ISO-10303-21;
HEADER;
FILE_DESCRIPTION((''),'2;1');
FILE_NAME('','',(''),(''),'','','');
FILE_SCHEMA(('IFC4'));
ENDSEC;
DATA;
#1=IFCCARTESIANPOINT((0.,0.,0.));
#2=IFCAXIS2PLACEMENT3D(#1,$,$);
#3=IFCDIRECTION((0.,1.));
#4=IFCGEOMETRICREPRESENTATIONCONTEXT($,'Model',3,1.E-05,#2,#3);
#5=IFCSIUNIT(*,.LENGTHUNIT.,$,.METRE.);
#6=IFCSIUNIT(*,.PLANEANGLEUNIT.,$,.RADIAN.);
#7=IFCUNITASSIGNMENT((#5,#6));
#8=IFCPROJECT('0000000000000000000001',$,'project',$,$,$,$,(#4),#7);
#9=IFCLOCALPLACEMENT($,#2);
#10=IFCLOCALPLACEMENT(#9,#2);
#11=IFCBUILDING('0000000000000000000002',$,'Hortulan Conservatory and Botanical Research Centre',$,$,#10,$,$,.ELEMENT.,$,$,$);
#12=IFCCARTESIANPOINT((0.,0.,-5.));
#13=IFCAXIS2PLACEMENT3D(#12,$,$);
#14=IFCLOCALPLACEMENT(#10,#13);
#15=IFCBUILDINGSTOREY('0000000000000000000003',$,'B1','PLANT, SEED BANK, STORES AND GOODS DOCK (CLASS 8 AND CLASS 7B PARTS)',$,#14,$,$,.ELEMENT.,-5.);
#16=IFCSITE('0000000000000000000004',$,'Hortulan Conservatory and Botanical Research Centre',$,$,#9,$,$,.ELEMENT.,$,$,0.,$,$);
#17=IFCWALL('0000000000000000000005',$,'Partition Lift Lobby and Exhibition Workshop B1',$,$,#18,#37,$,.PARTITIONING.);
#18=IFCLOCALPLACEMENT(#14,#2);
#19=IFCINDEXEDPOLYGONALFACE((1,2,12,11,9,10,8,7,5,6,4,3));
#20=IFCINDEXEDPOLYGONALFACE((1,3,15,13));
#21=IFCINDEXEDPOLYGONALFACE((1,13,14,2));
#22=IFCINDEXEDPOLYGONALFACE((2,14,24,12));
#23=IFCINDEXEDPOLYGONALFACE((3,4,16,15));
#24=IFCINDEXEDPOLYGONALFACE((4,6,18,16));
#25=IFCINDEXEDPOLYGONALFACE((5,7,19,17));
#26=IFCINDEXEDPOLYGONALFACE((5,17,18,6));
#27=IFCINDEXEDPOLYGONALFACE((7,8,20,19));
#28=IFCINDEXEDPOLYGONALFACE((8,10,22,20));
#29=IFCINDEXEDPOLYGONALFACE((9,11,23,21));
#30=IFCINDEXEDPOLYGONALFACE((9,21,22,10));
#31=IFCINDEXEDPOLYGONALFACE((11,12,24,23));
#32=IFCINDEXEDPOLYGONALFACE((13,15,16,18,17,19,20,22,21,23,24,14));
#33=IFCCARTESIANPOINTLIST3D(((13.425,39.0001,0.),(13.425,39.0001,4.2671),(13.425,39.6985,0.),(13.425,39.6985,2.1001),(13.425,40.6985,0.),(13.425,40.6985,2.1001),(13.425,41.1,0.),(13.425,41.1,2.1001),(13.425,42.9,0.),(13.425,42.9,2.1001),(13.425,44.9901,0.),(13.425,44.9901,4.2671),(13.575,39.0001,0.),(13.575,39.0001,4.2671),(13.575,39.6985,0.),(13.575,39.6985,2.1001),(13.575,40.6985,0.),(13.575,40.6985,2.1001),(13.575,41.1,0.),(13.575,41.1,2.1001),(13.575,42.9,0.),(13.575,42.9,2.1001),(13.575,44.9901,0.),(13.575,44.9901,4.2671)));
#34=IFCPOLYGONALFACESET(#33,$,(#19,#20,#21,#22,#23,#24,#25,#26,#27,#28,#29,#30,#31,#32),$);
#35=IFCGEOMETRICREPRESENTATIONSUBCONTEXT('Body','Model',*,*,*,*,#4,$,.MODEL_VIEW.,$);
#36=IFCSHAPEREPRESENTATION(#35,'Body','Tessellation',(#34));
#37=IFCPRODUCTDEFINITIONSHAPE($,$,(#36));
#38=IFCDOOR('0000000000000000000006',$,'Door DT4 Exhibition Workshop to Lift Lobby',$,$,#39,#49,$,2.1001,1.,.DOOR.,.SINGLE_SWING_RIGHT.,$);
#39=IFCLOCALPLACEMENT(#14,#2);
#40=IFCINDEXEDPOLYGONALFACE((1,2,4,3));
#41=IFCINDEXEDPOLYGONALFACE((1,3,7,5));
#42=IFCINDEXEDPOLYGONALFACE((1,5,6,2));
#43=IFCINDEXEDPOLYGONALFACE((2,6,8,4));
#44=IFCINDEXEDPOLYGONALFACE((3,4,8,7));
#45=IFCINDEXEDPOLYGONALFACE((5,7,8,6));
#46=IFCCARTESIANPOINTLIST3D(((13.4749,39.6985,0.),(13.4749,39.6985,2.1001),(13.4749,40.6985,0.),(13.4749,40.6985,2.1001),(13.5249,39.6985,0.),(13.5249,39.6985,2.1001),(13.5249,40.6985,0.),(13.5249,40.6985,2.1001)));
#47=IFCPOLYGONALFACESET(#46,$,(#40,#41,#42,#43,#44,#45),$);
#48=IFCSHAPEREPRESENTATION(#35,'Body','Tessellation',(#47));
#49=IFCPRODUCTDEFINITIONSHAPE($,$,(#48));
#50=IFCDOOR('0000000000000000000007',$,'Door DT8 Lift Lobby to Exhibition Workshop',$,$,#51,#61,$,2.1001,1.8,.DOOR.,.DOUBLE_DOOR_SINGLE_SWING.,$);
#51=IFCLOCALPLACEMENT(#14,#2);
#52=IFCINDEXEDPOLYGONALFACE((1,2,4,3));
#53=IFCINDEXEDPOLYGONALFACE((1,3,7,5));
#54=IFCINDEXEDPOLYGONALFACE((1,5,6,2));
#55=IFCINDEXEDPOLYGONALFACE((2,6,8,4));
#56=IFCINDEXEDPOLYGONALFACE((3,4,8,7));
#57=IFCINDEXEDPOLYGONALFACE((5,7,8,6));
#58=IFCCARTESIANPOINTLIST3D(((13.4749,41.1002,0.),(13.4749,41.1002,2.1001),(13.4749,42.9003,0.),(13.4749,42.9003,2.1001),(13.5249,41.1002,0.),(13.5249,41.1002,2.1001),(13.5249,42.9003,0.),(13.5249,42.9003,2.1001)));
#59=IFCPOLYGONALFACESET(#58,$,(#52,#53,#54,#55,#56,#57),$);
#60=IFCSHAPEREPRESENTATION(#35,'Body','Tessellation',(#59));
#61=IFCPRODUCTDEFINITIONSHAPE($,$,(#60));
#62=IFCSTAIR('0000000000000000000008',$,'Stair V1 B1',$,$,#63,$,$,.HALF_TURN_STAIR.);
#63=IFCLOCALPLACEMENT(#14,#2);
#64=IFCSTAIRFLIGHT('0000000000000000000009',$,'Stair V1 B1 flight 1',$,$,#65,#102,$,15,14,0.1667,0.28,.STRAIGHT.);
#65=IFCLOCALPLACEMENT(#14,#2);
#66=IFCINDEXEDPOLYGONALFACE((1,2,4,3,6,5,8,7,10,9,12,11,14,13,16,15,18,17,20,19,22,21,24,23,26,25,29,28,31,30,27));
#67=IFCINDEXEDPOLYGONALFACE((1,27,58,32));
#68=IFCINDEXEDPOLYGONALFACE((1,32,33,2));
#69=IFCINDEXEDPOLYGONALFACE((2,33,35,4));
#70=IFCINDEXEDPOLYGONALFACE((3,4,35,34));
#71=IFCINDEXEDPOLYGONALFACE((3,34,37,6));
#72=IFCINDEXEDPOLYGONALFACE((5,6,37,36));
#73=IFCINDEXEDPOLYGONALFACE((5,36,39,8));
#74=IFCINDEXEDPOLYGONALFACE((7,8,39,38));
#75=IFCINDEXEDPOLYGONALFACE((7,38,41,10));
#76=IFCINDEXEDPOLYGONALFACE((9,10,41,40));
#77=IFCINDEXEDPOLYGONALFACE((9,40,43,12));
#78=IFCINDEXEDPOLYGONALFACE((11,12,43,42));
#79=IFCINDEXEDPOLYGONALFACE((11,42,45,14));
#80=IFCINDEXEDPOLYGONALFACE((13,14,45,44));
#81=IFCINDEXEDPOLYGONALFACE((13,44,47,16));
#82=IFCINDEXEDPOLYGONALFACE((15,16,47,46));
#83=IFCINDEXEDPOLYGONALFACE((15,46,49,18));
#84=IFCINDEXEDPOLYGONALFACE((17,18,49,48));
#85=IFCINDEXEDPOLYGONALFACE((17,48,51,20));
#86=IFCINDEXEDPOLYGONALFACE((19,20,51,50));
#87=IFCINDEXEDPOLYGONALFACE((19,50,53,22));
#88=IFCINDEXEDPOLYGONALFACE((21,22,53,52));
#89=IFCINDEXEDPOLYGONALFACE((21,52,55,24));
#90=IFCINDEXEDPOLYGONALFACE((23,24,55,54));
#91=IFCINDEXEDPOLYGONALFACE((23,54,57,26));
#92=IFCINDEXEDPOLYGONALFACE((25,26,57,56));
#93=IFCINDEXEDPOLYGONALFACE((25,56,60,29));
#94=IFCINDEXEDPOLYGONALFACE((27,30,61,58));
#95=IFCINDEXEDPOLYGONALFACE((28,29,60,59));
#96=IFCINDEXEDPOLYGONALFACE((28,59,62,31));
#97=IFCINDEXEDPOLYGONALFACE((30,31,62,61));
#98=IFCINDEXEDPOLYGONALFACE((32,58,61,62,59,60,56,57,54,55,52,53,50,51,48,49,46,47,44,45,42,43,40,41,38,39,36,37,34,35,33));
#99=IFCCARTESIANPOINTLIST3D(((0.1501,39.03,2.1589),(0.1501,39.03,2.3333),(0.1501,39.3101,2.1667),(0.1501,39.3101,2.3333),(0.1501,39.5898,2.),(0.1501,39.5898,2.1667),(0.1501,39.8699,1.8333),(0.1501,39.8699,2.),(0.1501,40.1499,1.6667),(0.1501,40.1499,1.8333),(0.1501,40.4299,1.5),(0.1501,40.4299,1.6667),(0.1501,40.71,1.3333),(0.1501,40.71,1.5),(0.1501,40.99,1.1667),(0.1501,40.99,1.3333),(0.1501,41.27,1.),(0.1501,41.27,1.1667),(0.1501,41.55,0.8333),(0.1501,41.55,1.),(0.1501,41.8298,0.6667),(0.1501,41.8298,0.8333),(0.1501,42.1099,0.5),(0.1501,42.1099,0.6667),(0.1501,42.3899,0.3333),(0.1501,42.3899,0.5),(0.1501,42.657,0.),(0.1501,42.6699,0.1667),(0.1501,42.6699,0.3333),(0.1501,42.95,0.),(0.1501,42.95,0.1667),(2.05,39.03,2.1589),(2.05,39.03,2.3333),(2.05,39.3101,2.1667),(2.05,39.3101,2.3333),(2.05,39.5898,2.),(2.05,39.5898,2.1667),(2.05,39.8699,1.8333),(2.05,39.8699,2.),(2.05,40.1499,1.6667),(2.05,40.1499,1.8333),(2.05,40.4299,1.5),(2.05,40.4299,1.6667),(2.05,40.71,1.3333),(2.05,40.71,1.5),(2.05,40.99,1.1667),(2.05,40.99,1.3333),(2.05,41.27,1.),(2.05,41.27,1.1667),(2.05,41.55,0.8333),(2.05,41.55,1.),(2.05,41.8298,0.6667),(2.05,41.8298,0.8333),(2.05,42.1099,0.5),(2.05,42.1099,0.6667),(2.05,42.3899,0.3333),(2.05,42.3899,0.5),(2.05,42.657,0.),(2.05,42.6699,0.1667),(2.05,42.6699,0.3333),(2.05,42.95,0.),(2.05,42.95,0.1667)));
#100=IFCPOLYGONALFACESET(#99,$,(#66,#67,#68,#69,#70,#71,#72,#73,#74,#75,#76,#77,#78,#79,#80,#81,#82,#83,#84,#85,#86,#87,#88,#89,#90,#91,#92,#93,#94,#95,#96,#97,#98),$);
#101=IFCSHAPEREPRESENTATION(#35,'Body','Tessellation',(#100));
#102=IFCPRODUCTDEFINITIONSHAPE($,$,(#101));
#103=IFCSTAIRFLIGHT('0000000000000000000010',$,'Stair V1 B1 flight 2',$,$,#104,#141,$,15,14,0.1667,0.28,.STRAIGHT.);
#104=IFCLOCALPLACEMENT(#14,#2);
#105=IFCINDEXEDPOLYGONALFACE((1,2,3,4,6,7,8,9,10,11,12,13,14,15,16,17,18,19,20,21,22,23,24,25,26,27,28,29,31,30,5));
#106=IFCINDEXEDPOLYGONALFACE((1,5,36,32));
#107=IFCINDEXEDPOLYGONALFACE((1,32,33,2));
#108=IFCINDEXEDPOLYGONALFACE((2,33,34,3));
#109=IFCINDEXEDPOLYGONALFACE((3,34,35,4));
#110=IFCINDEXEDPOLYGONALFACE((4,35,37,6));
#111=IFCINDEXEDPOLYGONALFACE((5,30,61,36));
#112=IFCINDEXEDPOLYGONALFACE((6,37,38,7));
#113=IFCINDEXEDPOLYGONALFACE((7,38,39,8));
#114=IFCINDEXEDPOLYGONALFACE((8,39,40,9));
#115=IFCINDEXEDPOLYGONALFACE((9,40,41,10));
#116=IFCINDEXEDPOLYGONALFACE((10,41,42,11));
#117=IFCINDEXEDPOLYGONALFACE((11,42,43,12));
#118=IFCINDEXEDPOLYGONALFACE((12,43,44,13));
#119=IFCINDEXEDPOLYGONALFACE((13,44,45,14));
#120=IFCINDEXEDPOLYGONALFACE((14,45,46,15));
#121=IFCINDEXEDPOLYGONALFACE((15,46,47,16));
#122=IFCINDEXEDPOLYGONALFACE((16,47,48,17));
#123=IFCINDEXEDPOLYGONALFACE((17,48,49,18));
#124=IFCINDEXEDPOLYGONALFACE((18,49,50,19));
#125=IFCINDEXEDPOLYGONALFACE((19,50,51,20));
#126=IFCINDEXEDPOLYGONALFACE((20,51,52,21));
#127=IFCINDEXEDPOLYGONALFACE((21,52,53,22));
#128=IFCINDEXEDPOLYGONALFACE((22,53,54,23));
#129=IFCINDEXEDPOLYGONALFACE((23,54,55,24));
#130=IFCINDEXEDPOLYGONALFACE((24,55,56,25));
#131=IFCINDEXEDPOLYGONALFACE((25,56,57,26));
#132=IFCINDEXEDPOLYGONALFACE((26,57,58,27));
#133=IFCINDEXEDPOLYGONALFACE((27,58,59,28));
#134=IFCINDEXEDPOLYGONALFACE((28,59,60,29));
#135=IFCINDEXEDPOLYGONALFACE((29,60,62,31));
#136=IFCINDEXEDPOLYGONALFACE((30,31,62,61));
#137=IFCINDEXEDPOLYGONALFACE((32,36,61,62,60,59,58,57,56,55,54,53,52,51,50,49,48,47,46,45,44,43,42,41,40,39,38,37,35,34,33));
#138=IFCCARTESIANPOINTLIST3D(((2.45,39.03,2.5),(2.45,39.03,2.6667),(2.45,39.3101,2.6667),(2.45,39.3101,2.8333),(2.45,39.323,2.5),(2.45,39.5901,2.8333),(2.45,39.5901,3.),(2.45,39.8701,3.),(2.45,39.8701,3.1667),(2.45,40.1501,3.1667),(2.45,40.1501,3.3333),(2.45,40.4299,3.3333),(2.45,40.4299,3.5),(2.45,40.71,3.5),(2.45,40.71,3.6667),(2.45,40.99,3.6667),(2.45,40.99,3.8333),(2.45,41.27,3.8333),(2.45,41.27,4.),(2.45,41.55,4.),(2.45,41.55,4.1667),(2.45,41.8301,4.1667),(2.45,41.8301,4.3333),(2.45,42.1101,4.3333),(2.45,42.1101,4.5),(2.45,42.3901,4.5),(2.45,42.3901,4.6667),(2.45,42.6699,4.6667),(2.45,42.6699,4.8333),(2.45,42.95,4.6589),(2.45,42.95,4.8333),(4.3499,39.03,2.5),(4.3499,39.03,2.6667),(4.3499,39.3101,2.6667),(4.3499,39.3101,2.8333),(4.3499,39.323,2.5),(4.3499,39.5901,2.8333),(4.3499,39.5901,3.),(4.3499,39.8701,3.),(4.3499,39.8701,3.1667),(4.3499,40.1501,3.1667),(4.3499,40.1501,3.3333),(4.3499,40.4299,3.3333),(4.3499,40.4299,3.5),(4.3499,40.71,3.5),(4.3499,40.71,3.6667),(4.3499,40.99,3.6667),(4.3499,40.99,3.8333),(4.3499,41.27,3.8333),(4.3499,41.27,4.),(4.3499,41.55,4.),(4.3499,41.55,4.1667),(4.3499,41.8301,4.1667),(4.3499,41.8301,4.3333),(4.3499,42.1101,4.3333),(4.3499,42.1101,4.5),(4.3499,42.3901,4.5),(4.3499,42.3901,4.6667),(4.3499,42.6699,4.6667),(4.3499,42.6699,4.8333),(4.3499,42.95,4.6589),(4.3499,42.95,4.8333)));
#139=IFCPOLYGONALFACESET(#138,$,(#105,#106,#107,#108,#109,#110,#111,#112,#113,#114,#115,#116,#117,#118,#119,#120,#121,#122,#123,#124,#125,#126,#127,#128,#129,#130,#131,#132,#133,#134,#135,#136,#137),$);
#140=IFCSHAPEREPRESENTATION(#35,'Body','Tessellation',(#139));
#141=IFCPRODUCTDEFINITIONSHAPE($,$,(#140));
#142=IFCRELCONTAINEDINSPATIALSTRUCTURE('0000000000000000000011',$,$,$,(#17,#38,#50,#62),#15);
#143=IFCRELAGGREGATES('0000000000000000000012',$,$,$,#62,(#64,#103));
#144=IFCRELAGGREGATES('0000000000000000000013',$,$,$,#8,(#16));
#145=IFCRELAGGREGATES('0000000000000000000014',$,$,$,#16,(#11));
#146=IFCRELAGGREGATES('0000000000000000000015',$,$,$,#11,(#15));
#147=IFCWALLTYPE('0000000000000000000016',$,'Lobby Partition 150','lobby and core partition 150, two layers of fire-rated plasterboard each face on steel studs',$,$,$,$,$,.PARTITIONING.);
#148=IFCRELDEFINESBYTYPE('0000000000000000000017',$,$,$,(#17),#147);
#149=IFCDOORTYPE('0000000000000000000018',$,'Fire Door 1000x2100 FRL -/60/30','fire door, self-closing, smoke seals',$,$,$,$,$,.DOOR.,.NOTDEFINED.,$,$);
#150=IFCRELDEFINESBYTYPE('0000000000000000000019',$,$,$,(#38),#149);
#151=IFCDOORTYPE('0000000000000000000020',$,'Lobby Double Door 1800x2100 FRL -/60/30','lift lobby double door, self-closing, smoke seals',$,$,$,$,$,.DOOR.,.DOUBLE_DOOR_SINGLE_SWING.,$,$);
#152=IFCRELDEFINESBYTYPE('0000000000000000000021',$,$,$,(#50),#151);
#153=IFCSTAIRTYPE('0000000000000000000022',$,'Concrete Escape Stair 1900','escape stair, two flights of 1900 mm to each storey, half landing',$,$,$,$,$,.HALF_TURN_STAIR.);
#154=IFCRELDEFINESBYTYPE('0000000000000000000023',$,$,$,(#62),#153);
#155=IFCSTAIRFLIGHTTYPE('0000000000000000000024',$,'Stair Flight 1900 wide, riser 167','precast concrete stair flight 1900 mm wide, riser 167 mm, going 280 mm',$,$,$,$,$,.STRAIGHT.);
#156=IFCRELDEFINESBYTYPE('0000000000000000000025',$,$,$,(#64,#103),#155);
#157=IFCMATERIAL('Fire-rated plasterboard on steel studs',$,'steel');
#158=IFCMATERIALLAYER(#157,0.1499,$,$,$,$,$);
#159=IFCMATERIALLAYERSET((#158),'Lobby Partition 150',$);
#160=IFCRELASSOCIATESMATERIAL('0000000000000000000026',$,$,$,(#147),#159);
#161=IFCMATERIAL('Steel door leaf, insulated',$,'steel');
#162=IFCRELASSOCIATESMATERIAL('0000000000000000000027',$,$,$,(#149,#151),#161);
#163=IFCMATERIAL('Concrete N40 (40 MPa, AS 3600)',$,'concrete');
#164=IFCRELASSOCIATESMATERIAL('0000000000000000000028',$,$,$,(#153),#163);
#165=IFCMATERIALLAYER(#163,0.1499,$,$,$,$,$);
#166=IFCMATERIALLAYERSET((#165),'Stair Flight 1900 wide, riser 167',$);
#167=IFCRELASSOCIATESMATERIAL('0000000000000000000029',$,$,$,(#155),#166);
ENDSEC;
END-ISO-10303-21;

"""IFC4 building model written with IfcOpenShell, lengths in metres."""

from ifc_helpers import new_model, si_unit, direction, frame, frame_2d, origin, place, context, subcontext, project, spatial, polyline, rectangle, outline, extrude, material, layer, layer_set, type_object, element, fill, aggregate, save


model = new_model("IFC4")

# Units and contexts
model_context = context("Model", 3, precision=1e-05, world=origin(), true_north=direction((0.0, 1.0)))
body_context = subcontext(model_context, "Body", "Model", "MODEL_VIEW")
ifc_project = project(units=[si_unit("LENGTHUNIT", "METRE"), si_unit("PLANEANGLEUNIT", "RADIAN")], contexts=[model_context])

# Site, building, storey
site_placement = place(None, origin())
site = spatial("IfcSite", under=ifc_project, at=site_placement, Name="Hortulan Conservatory and Botanical Research Centre", CompositionType="ELEMENT", RefElevation=0.0)
building_placement = place(site_placement, origin())
building = spatial("IfcBuilding", under=site, at=building_placement, Name="Hortulan Conservatory and Botanical Research Centre", CompositionType="ELEMENT")
storey_placement = place(building_placement, frame((0.0, 0.0, -5.0)))
storey = spatial("IfcBuildingStorey", under=building, at=storey_placement, Name="B1", Description="PLANT, SEED BANK, STORES AND GOODS DOCK (CLASS 8 AND CLASS 7B PARTS)", CompositionType="ELEMENT", Elevation=-5.0)

# Shared definitions
ifc_material_1 = material(Name="Concrete N40 (40 MPa, AS 3600)", Category="concrete")

# Shared definitions
ifc_material_2 = material(Name="Fire-rated plasterboard on steel studs", Category="steel")
ifc_material_3 = material(Name="Steel door leaf, insulated", Category="steel")

# Wall, openings, doors
ifc_layer_1 = layer(ifc_material_2, 0.1499)
ifc_layer_set_1 = layer_set([ifc_layer_1], Name="Lobby Partition 150")
wall_type_1 = type_object("IfcWallType", Name="Lobby Partition 150", Description="lobby and core partition 150, two layers of fire-rated plasterboard each face on steel studs", PredefinedType="PARTITIONING", material=ifc_layer_set_1)
wall_1_placement = place(storey_placement, frame((13.5, 39.0, 0.0), z_axis=(0.0, 0.0, 1.0), x_axis=(0.0, 1.0, 0.0)))
wall_1 = element("IfcWall", 1, at=wall_1_placement, inside=storey, type_object=wall_type_1, Name="Partition Lift Lobby and Exhibition Workshop B1", PredefinedType="PARTITIONING", context=body_context, shape_type="SweptSolid", body=[
    extrude(rectangle(XDim=5.99, YDim=0.1499, at=frame_2d((2.9951, 0.0))), origin(), (0.0, 0.0, 1.0), 4.2671),
])
opening_1_placement = place(wall_1_placement, frame((2.1001, 0.0, 0.0)))
opening_1 = element("IfcOpeningElement", 2, at=opening_1_placement, cuts=wall_1, PredefinedType="OPENING", context=body_context, shape_type="SweptSolid", body=[
    extrude(rectangle(XDim=1.8, YDim=2.1001, at=frame_2d((0.8999, 1.05))), frame((0.0, 0.085, 0.0), z_axis=(0.0, -1.0, 0.0), x_axis=(1.0, 0.0, 0.0)), (0.0, 0.0, 1.0), 0.1699),
])
opening_2_placement = place(wall_1_placement, frame((0.6985, 0.0, 0.0)))
opening_2 = element("IfcOpeningElement", 3, at=opening_2_placement, cuts=wall_1, PredefinedType="OPENING", context=body_context, shape_type="SweptSolid", body=[
    extrude(rectangle(XDim=1.0, YDim=2.1001, at=frame_2d((0.5, 1.05))), frame((0.0, 0.085, 0.0), z_axis=(0.0, -1.0, 0.0), x_axis=(1.0, 0.0, 0.0)), (0.0, 0.0, 1.0), 0.1699),
])
door_type_1 = type_object("IfcDoorType", Name="Fire Door 1000x2100 FRL -/60/30", Description="fire door, self-closing, smoke seals", OperationType="NOTDEFINED", PredefinedType="DOOR", material=ifc_material_3)
door_1_placement = place(opening_2_placement, frame((1.0, 0.0, 0.0), z_axis=(0.0, 0.0, 1.0), x_axis=(-1.0, 0.0, 0.0)))
door_1 = element("IfcDoor", 4, at=door_1_placement, inside=storey, type_object=door_type_1, Name="Door DT4 Exhibition Workshop to Lift Lobby", OperationType="SINGLE_SWING_RIGHT", OverallHeight=2.1001, OverallWidth=1.0, PredefinedType="DOOR", context=body_context, shape_type="SweptSolid", body=[
    extrude(rectangle(XDim=1.0, YDim=2.1001, at=frame_2d((0.5, 1.05))), frame((0.0, 0.0249, 0.0), z_axis=(0.0, -1.0, 0.0), x_axis=(1.0, 0.0, 0.0)), (0.0, 0.0, 1.0), 0.05),
])
fill(opening_2, door_1)
door_type_2 = type_object("IfcDoorType", Name="Lobby Double Door 1800x2100 FRL -/60/30", Description="lift lobby double door, self-closing, smoke seals", OperationType="DOUBLE_DOOR_SINGLE_SWING", PredefinedType="DOOR", material=ifc_material_3)
door_2_placement = place(opening_1_placement, frame((1.8, 0.0, 0.0), z_axis=(0.0, 0.0, 1.0), x_axis=(-1.0, 0.0, 0.0)))
door_2 = element("IfcDoor", 5, at=door_2_placement, inside=storey, type_object=door_type_2, Name="Door DT8 Lift Lobby to Exhibition Workshop", OperationType="DOUBLE_DOOR_SINGLE_SWING", OverallHeight=2.1001, OverallWidth=1.8, PredefinedType="DOOR", context=body_context, shape_type="SweptSolid", body=[
    extrude(rectangle(XDim=1.8, YDim=2.1001, at=frame_2d((0.8999, 1.05))), frame((0.0, 0.0249, 0.0), z_axis=(0.0, -1.0, 0.0), x_axis=(1.0, 0.0, 0.0)), (0.0, 0.0, 1.0), 0.05),
])
fill(opening_1, door_2)

# Stair, stair flights
stair_type = type_object("IfcStairType", Name="Concrete Escape Stair 1900", Description="escape stair, two flights of 1900 mm to each storey, half landing", PredefinedType="HALF_TURN_STAIR", material=ifc_material_1)
stair_placement = place(storey_placement, origin())
stair = element("IfcStair", 6, at=stair_placement, inside=storey, type_object=stair_type, Name="Stair V1 B1", PredefinedType="HALF_TURN_STAIR")
ifc_layer_2 = layer(ifc_material_1, 0.1499)
ifc_layer_set_2 = layer_set([ifc_layer_2], Name="Stair Flight 1900 wide, riser 167")
stair_flight_type = type_object("IfcStairFlightType", Name="Stair Flight 1900 wide, riser 167", Description="precast concrete stair flight 1900 mm wide, riser 167 mm, going 280 mm", PredefinedType="STRAIGHT", material=ifc_layer_set_2)
stair_flight_1_placement = place(storey_placement, frame((1.1001, 42.95, 0.0), z_axis=(0.0, 0.0, 1.0), x_axis=(0.0, -1.0, 0.0)))
stair_flight_1 = element("IfcStairFlight", 7, at=stair_flight_1_placement, type_object=stair_flight_type, Name="Stair V1 B1 flight 1", NumberOfRisers=15, NumberOfTreads=14, PredefinedType="STRAIGHT", RiserHeight=0.1667, TreadLength=0.28, context=body_context, shape_type="SweptSolid", body=[
    extrude(outline(polyline([(0.0, 0.0), (0.0, 0.1667), (0.28, 0.1667), (0.28, 0.3333), (0.5601, 0.3333), (0.5601, 0.5), (0.8401, 0.5), (0.8401, 0.6667), (1.1201, 0.6667), (1.1201, 0.8333), (1.3999, 0.8333), (1.3999, 1.0), (1.6799, 1.0), (1.6799, 1.1667), (1.96, 1.1667), (1.96, 1.3333), (2.24, 1.3333), (2.24, 1.5), (2.52, 1.5), (2.52, 1.6667), (2.8, 1.6667), (2.8, 1.8333), (3.0801, 1.8333), (3.0801, 2.0), (3.3601, 2.0), (3.3601, 2.1667), (3.6399, 2.1667), (3.6399, 2.3333), (3.9199, 2.3333), (3.9199, 2.5), (3.9199, 2.1589), (0.293, 0.0), (0.0, 0.0)])), frame((0.0, 0.95, 0.0), z_axis=(0.0, -1.0, 0.0), x_axis=(1.0, 0.0, 0.0)), (0.0, 0.0, 1.0), 1.8999),
])
stair_flight_2_placement = place(storey_placement, frame((3.3999, 39.03, 2.5), z_axis=(0.0, 0.0, 1.0), x_axis=(0.0, 1.0, 0.0)))
stair_flight_2 = element("IfcStairFlight", 8, at=stair_flight_2_placement, type_object=stair_flight_type, Name="Stair V1 B1 flight 2", NumberOfRisers=15, NumberOfTreads=14, PredefinedType="STRAIGHT", RiserHeight=0.1667, TreadLength=0.28, context=body_context, shape_type="SweptSolid", body=[
    extrude(outline(polyline([(0.0, 0.0), (0.0, 0.1667), (0.28, 0.1667), (0.28, 0.3333), (0.5601, 0.3333), (0.5601, 0.5), (0.8401, 0.5), (0.8401, 0.6667), (1.1201, 0.6667), (1.1201, 0.8333), (1.3999, 0.8333), (1.3999, 1.0), (1.6799, 1.0), (1.6799, 1.1667), (1.96, 1.1667), (1.96, 1.3333), (2.24, 1.3333), (2.24, 1.5), (2.52, 1.5), (2.52, 1.6667), (2.8, 1.6667), (2.8, 1.8333), (3.0801, 1.8333), (3.0801, 2.0), (3.3601, 2.0), (3.3601, 2.1667), (3.6399, 2.1667), (3.6399, 2.3333), (3.9199, 2.3333), (3.9199, 2.5), (3.9199, 2.1589), (0.293, 0.0), (0.0, 0.0)])), frame((0.0, 0.95, 0.0), z_axis=(0.0, -1.0, 0.0), x_axis=(1.0, 0.0, 0.0)), (0.0, 0.0, 1.0), 1.8999),
])
aggregate(stair, [stair_flight_1, stair_flight_2])

save(model, "model.ifc")
